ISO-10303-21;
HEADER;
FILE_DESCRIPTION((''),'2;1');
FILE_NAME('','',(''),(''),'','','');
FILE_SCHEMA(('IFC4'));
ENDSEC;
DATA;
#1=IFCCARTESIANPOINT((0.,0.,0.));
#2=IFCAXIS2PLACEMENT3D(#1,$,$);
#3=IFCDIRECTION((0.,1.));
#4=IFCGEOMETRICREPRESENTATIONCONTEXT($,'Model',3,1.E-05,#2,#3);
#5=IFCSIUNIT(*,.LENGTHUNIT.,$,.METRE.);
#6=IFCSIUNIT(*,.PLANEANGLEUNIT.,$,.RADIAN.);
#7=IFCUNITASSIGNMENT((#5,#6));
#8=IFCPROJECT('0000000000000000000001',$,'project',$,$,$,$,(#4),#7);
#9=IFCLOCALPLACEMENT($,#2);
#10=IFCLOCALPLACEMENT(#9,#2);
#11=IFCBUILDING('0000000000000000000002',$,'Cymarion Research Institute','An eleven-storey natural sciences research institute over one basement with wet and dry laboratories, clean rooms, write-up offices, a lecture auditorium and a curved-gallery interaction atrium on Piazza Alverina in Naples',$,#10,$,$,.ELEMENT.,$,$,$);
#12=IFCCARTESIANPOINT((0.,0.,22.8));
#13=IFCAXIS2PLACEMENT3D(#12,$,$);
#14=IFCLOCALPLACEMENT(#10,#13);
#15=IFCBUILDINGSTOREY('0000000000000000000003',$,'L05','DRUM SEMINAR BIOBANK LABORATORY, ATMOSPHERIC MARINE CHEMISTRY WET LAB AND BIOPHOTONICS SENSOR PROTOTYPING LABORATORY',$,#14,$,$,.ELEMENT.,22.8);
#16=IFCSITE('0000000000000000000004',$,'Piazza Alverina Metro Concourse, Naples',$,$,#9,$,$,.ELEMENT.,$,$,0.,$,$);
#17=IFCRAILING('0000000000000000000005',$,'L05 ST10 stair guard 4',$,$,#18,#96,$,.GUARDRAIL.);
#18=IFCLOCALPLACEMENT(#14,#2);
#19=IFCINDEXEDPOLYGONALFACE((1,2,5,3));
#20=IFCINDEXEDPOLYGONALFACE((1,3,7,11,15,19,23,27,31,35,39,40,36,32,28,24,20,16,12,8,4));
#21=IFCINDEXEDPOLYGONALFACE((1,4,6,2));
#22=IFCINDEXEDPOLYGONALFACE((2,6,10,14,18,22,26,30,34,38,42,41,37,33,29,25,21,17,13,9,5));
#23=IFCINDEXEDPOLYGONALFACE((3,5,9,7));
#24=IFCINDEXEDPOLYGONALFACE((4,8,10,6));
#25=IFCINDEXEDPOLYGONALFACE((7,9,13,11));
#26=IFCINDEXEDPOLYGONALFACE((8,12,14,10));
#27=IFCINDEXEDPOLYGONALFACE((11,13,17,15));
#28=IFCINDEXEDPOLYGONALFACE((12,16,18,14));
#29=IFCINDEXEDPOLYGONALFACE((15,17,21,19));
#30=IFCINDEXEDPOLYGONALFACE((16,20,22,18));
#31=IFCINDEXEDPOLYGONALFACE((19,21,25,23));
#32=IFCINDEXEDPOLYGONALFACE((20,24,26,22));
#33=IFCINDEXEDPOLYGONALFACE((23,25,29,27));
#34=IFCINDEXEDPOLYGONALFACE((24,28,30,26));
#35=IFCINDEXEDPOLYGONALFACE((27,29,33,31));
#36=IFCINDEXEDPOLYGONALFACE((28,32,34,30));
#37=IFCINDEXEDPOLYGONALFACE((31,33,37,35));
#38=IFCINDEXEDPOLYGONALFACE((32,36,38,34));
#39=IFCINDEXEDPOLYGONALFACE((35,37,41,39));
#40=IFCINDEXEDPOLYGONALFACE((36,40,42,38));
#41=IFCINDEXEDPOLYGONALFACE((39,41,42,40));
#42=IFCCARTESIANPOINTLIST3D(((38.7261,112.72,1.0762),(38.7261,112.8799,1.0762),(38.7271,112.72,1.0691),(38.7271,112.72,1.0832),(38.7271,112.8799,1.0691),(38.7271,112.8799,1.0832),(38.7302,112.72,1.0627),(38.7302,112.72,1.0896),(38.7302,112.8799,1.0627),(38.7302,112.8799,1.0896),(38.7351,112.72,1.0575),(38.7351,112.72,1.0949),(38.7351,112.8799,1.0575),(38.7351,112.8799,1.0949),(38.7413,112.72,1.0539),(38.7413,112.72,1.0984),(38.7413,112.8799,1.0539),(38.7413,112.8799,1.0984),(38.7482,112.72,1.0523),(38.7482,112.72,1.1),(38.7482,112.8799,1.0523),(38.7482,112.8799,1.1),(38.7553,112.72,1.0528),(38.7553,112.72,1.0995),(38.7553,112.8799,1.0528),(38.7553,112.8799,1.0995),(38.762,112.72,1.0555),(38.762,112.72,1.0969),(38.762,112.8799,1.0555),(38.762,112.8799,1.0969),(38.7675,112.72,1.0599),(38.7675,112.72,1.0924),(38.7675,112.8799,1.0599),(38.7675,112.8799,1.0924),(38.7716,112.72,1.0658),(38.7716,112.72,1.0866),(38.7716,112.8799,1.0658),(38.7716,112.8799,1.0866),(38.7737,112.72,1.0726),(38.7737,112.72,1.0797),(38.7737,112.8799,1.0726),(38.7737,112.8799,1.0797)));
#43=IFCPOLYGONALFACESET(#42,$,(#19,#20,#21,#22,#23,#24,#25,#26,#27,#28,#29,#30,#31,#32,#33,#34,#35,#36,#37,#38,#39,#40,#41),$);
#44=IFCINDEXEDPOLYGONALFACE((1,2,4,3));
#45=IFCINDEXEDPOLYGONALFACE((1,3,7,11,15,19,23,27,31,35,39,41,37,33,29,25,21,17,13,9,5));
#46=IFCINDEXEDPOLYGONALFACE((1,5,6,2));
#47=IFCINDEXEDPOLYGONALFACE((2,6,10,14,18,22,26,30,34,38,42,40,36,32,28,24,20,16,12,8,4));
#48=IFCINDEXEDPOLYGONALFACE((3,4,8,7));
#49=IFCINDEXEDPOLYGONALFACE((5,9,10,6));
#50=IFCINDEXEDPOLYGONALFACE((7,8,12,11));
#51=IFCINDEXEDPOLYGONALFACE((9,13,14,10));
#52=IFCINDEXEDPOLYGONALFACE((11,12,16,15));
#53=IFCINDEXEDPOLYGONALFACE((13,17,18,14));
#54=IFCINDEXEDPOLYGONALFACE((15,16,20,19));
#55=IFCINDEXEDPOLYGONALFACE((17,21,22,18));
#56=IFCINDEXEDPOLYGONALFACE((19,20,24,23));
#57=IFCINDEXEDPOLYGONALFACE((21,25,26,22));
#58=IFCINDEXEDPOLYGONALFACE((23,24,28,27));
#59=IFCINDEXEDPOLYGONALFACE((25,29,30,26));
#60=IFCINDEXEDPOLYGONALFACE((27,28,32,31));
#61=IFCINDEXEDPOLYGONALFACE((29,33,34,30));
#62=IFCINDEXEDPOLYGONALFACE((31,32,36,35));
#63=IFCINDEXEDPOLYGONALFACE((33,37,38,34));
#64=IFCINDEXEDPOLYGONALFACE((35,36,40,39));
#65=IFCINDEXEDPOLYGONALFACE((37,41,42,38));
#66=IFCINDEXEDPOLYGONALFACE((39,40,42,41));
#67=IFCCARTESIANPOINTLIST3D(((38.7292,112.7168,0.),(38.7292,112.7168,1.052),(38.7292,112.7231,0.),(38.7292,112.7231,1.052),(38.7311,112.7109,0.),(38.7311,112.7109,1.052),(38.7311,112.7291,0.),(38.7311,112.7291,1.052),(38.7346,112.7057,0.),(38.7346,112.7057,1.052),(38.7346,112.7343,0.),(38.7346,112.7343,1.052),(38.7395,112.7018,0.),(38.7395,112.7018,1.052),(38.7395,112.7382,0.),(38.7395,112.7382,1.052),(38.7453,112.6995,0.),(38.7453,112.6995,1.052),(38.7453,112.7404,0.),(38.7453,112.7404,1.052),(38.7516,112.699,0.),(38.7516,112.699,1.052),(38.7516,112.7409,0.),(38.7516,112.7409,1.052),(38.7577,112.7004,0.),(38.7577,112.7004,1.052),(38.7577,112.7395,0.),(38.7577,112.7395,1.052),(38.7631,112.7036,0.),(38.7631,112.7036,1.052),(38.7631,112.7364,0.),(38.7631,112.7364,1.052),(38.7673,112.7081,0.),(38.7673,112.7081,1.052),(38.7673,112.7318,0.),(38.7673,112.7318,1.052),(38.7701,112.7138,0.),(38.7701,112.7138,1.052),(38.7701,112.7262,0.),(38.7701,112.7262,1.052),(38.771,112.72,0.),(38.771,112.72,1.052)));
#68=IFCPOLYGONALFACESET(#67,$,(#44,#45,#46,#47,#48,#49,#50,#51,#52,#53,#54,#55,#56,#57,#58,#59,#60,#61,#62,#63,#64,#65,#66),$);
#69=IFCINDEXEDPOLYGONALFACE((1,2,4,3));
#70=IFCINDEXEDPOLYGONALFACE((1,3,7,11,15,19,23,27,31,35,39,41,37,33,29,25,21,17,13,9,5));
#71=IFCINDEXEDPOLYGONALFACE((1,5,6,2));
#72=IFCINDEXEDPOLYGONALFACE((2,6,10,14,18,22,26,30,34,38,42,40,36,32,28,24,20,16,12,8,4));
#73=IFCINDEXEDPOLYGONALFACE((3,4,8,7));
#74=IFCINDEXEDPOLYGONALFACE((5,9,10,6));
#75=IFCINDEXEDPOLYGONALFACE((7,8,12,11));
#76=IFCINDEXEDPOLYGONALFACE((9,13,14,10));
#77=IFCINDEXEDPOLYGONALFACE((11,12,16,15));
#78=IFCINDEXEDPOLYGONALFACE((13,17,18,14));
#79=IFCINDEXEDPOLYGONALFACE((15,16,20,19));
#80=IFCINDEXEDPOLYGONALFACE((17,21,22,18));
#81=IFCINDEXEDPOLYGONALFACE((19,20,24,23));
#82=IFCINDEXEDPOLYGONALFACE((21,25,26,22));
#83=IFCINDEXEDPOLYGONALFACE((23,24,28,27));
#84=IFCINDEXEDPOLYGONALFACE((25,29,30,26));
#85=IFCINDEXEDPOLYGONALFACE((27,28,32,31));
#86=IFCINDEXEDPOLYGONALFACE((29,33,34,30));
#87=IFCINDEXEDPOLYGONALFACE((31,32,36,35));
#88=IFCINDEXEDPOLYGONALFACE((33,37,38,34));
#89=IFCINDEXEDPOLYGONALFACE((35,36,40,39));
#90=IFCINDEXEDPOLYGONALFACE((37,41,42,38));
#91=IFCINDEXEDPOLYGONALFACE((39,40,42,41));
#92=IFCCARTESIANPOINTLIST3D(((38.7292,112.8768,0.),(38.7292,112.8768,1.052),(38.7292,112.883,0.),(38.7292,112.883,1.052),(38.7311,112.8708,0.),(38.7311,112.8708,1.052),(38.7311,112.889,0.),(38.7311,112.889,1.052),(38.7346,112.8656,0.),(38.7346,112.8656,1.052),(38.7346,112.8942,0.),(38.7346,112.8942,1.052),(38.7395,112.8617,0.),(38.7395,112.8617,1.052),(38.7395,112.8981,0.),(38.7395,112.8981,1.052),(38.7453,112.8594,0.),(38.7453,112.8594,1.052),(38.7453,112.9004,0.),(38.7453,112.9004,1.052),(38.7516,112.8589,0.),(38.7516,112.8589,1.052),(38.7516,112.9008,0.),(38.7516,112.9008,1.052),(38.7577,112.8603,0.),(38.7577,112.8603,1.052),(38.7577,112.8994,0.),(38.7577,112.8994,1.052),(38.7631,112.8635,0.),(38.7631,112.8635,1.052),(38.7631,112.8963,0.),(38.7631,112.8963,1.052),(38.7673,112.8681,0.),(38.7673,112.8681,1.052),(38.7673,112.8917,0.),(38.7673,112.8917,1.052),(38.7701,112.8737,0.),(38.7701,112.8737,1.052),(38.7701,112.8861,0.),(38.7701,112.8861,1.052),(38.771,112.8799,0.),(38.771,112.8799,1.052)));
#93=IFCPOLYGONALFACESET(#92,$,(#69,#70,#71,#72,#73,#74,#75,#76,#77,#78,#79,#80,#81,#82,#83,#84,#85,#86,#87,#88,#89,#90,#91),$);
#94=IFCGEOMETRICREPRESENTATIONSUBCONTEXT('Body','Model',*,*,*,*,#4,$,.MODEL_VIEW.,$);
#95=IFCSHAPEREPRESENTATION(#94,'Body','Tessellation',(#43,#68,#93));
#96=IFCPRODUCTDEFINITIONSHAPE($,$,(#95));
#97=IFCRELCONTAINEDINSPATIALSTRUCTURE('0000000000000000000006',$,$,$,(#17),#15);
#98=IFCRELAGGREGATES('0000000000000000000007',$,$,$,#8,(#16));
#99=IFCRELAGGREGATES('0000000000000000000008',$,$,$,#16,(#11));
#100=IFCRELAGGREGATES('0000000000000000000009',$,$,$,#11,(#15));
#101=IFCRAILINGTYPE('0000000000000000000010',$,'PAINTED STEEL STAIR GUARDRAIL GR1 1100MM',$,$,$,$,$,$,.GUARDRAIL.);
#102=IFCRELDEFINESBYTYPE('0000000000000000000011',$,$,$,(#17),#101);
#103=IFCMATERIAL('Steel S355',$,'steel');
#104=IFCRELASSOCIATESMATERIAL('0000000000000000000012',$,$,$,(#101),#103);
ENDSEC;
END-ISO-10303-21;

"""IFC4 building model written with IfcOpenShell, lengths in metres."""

from ifc_helpers import new_model, si_unit, direction, frame, origin, origin_2d, place, context, subcontext, project, spatial, circle, extrude, material, type_object, element, save


model = new_model("IFC4")

# Units and contexts
model_context = context("Model", 3, precision=1e-05, world=origin(), true_north=direction((0.0, 1.0)))
body_context = subcontext(model_context, "Body", "Model", "MODEL_VIEW")
ifc_project = project(units=[si_unit("LENGTHUNIT", "METRE"), si_unit("PLANEANGLEUNIT", "RADIAN")], contexts=[model_context])

# Site, building, storey
site_placement = place(None, origin())
site = spatial("IfcSite", under=ifc_project, at=site_placement, Name="Piazza Alverina Metro Concourse, Naples", CompositionType="ELEMENT", RefElevation=0.0)
building_placement = place(site_placement, origin())
building = spatial("IfcBuilding", under=site, at=building_placement, Name="Cymarion Research Institute", Description="An eleven-storey natural sciences research institute over one basement with wet and dry laboratories, clean rooms, write-up offices, a lecture auditorium and a curved-gallery interaction atrium on Piazza Alverina in Naples", CompositionType="ELEMENT")
storey_placement = place(building_placement, frame((0.0, 0.0, 22.8)))
storey = spatial("IfcBuildingStorey", under=building, at=storey_placement, Name="L05", Description="DRUM SEMINAR BIOBANK LABORATORY, ATMOSPHERIC MARINE CHEMISTRY WET LAB AND BIOPHOTONICS SENSOR PROTOTYPING LABORATORY", CompositionType="ELEMENT", Elevation=22.8)

# Shared definitions
ifc_material_1 = material(Name="Steel S355", Category="steel")

# Railing
railing_type_1 = type_object("IfcRailingType", Name="PAINTED STEEL STAIR GUARDRAIL GR1 1100MM", PredefinedType="GUARDRAIL", material=ifc_material_1)
railing_1_placement = place(storey_placement, frame((38.75, 112.72, 0.0)))
element("IfcRailing", 1, at=railing_1_placement, inside=storey, type_object=railing_type_1, Name="L05 ST10 stair guard 4", PredefinedType="GUARDRAIL", context=body_context, shape_type="SweptSolid", body=[
    extrude(circle(Radius=0.0239, at=origin_2d()), frame((0.0, 0.0, 1.0762), z_axis=(0.0, 1.0, 0.0), x_axis=(-1.0, 0.0, 0.0)), (0.0, 0.0, 1.0), 0.1599),
    extrude(circle(Radius=0.021, at=origin_2d()), origin(), (0.0, 0.0, 1.0), 1.052),
    extrude(circle(Radius=0.021, at=origin_2d()), frame((0.0, 0.1599, 0.0)), (0.0, 0.0, 1.0), 1.052),
])

save(model, "model.ifc")
